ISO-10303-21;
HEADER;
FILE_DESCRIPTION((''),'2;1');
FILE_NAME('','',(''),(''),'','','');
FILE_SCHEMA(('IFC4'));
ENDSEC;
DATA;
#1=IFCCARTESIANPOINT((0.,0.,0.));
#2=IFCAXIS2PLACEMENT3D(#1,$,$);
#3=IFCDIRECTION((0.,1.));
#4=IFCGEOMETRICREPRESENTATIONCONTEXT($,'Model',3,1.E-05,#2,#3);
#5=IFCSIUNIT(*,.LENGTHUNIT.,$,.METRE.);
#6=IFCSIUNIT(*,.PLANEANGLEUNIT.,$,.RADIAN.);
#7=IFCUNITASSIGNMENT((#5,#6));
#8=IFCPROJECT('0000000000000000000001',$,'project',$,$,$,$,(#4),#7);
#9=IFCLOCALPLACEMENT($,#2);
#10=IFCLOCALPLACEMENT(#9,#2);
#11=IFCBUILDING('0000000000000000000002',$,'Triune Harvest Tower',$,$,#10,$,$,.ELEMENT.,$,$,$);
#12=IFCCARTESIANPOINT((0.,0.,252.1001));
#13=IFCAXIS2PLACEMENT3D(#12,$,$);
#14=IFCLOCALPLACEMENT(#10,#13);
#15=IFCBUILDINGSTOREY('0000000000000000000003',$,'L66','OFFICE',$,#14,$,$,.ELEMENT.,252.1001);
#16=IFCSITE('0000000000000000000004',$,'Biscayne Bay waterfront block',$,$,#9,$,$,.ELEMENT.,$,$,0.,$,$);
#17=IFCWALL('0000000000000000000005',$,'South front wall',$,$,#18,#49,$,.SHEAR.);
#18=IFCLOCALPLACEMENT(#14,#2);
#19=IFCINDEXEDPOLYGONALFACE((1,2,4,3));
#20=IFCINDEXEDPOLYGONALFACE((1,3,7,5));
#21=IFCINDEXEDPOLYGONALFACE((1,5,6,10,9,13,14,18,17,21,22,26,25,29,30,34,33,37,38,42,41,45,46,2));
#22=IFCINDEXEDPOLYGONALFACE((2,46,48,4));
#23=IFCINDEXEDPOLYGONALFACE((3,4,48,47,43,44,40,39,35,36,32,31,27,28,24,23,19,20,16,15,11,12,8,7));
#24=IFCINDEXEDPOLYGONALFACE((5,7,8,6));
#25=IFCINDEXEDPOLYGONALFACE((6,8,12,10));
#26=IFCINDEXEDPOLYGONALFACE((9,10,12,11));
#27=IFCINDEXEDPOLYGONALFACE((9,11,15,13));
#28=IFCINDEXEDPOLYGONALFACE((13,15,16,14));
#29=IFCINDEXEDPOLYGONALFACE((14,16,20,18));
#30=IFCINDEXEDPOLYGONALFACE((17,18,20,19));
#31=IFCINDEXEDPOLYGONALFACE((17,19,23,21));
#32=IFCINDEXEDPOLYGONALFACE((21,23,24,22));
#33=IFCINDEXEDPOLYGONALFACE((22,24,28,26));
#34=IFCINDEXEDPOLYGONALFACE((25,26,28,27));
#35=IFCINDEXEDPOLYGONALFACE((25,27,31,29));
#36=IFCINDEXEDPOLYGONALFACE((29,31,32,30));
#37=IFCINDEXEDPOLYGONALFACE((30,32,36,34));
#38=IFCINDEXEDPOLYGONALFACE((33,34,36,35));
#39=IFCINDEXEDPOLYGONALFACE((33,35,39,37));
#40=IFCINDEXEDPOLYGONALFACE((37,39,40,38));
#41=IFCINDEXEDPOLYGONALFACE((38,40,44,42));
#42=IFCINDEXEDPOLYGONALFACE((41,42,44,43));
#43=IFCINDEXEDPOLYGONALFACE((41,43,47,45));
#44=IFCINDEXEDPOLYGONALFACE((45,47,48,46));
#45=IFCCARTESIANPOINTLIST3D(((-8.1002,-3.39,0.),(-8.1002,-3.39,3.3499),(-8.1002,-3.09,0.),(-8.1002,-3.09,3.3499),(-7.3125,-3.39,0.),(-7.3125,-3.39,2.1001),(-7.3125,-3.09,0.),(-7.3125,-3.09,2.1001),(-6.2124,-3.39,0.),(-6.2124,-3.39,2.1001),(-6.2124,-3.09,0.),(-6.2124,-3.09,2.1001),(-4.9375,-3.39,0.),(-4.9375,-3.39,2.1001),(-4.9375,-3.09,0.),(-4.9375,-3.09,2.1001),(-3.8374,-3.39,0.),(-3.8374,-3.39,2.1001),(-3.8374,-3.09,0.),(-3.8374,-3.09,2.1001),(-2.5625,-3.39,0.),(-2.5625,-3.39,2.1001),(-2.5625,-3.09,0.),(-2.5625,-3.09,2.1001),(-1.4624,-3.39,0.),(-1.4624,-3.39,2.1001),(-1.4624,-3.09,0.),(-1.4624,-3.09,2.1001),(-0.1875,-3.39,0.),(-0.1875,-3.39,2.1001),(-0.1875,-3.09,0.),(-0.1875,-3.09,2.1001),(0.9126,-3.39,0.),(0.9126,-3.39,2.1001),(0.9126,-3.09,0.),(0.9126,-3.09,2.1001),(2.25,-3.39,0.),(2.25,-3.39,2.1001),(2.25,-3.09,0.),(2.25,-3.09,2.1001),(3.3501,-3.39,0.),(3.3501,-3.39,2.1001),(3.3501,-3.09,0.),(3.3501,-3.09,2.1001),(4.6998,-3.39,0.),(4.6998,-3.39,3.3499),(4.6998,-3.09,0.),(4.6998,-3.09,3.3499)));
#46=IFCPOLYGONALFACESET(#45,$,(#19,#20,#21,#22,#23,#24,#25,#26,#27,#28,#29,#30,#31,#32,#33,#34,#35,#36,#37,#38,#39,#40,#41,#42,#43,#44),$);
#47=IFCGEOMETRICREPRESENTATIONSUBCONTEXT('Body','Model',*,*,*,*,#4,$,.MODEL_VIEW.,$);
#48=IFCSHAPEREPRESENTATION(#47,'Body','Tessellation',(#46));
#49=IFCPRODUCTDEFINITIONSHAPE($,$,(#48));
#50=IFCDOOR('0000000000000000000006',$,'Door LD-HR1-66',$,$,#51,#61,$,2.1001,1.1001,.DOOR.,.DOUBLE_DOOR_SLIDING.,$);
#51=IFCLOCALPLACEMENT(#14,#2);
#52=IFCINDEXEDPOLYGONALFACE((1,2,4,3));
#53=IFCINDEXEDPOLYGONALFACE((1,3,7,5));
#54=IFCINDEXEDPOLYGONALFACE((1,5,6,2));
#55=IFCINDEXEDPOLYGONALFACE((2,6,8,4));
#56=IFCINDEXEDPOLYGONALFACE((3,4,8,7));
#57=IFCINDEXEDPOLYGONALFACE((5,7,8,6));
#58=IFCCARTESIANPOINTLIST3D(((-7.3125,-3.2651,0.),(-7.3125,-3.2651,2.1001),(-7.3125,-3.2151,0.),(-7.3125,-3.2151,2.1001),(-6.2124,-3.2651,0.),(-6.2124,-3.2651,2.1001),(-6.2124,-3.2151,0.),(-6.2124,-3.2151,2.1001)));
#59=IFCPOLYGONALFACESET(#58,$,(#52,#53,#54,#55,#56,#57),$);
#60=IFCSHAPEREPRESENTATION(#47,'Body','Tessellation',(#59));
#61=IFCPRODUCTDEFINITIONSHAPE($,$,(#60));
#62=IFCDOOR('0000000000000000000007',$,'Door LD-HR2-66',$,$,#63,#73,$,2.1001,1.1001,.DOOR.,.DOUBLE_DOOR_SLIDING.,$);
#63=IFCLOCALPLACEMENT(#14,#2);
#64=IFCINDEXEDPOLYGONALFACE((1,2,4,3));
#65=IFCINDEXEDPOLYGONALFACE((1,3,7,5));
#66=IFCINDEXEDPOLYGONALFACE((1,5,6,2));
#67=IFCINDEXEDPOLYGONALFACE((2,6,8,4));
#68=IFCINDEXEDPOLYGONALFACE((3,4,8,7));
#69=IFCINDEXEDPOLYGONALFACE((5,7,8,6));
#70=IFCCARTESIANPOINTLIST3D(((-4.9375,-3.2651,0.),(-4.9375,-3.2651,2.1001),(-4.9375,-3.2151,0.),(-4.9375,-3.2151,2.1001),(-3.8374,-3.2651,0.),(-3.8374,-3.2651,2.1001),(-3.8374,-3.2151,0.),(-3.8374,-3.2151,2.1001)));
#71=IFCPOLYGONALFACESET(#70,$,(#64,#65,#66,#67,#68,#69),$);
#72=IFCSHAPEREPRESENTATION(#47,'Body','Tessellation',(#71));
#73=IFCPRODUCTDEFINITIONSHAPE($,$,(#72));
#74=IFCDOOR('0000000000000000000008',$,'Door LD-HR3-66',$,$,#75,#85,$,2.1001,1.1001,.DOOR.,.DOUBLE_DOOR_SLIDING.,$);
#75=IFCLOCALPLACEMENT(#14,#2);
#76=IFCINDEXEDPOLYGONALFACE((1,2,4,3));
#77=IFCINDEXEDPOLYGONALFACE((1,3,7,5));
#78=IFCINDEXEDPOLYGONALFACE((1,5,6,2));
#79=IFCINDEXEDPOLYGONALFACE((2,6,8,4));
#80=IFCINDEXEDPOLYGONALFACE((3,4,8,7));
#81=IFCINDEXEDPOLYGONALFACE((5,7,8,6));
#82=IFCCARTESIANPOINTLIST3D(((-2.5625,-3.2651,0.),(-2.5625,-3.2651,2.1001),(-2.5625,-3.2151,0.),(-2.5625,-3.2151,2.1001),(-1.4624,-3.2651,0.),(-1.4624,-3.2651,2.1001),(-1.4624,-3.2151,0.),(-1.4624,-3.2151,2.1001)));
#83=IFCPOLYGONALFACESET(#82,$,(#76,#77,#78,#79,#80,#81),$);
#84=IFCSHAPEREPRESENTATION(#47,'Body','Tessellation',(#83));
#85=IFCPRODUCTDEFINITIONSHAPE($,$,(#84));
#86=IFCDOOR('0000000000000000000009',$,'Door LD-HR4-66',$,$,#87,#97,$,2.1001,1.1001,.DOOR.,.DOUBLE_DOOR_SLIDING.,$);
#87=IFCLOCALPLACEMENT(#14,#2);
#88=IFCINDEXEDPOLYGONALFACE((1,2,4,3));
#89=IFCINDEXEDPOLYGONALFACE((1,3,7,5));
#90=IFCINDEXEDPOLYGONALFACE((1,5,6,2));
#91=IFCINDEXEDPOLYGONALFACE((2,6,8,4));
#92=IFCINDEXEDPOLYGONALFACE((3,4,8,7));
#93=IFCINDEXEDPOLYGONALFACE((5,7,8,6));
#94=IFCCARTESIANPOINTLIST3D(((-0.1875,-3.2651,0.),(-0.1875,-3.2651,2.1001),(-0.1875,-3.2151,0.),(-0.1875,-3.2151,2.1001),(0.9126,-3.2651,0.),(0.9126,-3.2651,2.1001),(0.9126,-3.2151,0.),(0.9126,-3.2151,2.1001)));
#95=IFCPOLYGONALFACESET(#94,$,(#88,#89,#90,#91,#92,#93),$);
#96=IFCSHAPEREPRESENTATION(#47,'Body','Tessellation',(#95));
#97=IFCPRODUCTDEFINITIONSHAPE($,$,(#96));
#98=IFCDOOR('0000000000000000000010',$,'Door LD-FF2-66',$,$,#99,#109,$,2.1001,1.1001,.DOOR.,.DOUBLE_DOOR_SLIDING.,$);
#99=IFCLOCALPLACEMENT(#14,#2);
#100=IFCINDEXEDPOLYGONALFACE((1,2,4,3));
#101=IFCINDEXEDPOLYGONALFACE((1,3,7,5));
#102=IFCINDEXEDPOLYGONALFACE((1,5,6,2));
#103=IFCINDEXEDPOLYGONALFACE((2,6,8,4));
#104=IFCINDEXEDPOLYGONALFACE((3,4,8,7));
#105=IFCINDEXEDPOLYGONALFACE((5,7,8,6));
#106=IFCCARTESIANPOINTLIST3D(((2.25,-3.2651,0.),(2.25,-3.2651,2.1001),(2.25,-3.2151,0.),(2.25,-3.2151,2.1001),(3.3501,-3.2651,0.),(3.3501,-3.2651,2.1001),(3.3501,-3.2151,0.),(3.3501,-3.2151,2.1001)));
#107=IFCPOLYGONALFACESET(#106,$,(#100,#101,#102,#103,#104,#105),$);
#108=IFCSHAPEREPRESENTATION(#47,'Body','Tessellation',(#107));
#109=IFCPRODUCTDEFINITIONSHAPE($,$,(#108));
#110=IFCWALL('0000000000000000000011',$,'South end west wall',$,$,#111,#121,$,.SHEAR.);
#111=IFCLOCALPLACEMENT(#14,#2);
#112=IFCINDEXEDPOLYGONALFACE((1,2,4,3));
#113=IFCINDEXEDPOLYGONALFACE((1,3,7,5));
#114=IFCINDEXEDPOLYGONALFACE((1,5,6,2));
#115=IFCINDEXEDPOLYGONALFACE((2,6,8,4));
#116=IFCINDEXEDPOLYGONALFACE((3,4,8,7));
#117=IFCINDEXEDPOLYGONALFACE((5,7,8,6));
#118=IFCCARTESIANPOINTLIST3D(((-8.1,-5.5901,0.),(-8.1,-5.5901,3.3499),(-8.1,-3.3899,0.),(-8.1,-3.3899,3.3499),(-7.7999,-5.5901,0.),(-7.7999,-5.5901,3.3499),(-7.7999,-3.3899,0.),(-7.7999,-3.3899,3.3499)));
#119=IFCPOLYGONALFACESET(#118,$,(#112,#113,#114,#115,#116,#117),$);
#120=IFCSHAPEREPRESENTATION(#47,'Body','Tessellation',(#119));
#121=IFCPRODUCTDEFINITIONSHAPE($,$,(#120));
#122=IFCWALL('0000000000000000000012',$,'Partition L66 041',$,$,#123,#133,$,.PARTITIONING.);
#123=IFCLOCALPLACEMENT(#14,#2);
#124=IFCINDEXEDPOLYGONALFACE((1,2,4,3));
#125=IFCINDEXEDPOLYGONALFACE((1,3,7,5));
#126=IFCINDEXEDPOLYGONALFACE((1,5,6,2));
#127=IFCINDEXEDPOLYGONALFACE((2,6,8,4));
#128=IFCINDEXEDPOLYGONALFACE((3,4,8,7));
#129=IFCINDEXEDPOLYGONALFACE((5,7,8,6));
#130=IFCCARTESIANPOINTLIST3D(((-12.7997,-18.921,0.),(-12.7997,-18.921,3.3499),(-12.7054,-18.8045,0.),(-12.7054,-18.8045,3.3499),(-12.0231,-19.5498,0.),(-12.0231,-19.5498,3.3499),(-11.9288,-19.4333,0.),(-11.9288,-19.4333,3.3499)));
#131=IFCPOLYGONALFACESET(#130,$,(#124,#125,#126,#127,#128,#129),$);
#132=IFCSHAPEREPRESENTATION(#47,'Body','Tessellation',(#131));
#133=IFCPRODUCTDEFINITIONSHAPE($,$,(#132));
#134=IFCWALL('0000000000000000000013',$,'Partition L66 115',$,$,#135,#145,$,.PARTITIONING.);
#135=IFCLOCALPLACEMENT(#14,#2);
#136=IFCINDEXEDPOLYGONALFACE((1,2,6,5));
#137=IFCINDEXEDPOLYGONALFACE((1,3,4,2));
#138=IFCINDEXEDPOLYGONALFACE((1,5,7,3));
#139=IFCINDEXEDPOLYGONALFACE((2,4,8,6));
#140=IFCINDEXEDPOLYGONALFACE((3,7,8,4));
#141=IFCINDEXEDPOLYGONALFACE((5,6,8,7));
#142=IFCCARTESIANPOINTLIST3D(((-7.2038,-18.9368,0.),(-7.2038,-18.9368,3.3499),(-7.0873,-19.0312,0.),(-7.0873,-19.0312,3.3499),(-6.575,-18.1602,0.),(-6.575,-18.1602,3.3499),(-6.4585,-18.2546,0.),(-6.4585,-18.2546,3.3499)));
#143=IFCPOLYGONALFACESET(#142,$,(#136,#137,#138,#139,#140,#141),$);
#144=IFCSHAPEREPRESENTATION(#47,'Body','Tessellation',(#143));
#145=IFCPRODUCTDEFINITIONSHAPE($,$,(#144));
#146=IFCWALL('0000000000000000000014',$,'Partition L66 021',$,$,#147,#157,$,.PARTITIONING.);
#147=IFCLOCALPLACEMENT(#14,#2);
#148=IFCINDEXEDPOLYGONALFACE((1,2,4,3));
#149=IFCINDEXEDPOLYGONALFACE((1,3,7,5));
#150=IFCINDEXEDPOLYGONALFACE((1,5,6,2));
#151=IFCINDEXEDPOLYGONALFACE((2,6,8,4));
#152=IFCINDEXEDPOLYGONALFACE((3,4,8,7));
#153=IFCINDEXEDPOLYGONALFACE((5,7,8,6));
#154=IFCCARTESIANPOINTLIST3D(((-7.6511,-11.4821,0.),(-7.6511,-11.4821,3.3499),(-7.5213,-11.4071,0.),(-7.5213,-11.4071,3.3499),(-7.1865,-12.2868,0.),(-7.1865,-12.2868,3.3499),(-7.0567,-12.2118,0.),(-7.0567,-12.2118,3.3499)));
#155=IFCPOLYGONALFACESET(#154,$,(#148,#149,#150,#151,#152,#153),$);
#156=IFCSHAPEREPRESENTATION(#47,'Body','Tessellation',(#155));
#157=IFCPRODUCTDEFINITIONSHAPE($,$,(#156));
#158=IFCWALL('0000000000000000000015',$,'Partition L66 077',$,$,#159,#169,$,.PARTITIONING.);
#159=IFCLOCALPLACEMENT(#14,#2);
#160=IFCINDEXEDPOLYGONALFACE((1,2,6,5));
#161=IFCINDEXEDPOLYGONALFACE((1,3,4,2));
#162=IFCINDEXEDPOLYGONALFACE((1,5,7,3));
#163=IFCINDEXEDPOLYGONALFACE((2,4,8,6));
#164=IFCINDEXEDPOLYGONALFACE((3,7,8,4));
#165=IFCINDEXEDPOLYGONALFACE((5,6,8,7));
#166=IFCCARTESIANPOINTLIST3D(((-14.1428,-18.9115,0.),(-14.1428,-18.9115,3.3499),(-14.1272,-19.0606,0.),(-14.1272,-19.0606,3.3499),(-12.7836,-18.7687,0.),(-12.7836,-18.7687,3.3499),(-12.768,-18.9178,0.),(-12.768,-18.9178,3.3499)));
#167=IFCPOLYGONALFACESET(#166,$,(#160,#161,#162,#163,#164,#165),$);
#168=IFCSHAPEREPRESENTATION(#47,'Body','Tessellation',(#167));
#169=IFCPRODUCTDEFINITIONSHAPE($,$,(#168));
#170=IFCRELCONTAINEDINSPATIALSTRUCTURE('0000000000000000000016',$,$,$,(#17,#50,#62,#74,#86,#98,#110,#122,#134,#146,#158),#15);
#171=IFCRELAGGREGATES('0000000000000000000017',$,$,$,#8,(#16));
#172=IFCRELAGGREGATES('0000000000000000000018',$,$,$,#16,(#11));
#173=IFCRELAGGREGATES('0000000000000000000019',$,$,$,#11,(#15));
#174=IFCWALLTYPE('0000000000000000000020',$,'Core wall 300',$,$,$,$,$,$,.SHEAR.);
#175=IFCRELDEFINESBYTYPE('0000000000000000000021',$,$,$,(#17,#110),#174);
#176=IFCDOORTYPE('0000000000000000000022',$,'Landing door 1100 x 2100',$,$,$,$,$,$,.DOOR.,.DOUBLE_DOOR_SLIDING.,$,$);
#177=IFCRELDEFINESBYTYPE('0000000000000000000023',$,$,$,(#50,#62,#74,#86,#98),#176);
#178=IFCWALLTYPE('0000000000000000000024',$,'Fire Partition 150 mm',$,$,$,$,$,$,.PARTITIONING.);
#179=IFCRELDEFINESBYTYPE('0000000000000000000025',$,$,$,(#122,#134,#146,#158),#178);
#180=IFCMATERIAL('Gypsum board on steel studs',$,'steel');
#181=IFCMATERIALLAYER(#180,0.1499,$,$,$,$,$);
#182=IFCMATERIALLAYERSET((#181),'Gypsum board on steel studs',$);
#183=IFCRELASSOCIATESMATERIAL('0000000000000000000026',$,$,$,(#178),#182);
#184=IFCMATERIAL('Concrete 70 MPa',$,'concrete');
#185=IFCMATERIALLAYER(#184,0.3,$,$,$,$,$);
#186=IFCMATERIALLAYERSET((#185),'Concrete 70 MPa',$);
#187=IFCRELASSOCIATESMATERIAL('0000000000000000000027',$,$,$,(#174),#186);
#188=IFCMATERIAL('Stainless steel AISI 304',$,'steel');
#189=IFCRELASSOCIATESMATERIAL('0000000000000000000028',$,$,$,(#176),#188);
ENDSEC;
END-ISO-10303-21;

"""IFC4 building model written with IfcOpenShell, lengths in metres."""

from ifc_helpers import new_model, si_unit, direction, frame, frame_2d, origin, place, context, subcontext, project, spatial, rectangle, extrude, source, transform, mapped, material, layer, layer_set, type_object, element, fill, save


model = new_model("IFC4")

# Units and contexts
model_context = context("Model", 3, precision=1e-05, world=origin(), true_north=direction((0.0, 1.0)))
body_context = subcontext(model_context, "Body", "Model", "MODEL_VIEW")
ifc_project = project(units=[si_unit("LENGTHUNIT", "METRE"), si_unit("PLANEANGLEUNIT", "RADIAN")], contexts=[model_context])

# Site, building, storey
site_placement = place(None, origin())
site = spatial("IfcSite", under=ifc_project, at=site_placement, Name="Biscayne Bay waterfront block", CompositionType="ELEMENT", RefElevation=0.0)
building_placement = place(site_placement, origin())
building = spatial("IfcBuilding", under=site, at=building_placement, Name="Triune Harvest Tower", CompositionType="ELEMENT")
storey_placement = place(building_placement, frame((0.0, 0.0, 252.1001)))
storey = spatial("IfcBuildingStorey", under=building, at=storey_placement, Name="L66", Description="OFFICE", CompositionType="ELEMENT", Elevation=252.1001)

# Shared definitions
ifc_material_1 = material(Name="Gypsum board on steel studs", Category="steel")
ifc_layer_1 = layer(ifc_material_1, 0.1499)
ifc_layer_set_1 = layer_set([ifc_layer_1], Name="Gypsum board on steel studs")
wall_type_1 = type_object("IfcWallType", Name="Fire Partition 150 mm", PredefinedType="PARTITIONING", material=ifc_layer_set_1)

# Wall, openings, doors
ifc_material_2 = material(Name="Concrete 70 MPa", Category="concrete")
ifc_layer_2 = layer(ifc_material_2, 0.3)
ifc_layer_set_2 = layer_set([ifc_layer_2], Name="Concrete 70 MPa")
wall_type_2 = type_object("IfcWallType", Name="Core wall 300", PredefinedType="SHEAR", material=ifc_layer_set_2)
shared_shape_1 = source(origin(), body_context, "Body", "SweptSolid", [
    extrude(rectangle(XDim=12.8, YDim=0.3, at=frame_2d((6.3999, 0.0))), origin(), (0.0, 0.0, 1.0), 3.3499),
])
wall_1_placement = place(storey_placement, frame((-8.1001, -3.24, 0.0), z_axis=(0.0, 0.0, 1.0), x_axis=(1.0, 0.0, 0.0)))
wall_1 = element("IfcWall", 1, at=wall_1_placement, inside=storey, type_object=wall_type_2, Name="South front wall", PredefinedType="SHEAR", context=body_context, shape_type="MappedRepresentation", body=[
    mapped(shared_shape_1, transform((0.0, 0.0, 0.0), scale=1.0)),
])
opening_1_placement = place(wall_1_placement, frame((0.7876, 0.0, 0.0)))
opening_1 = element("IfcOpeningElement", 2, at=opening_1_placement, cuts=wall_1, PredefinedType="OPENING", context=body_context, shape_type="SweptSolid", body=[
    extrude(rectangle(XDim=1.1001, YDim=2.1001, at=frame_2d((0.55, 1.05))), frame((0.0, 0.1602, 0.0), z_axis=(0.0, -1.0, 0.0), x_axis=(1.0, 0.0, 0.0)), (0.0, 0.0, 1.0), 0.3201),
])
opening_2_placement = place(wall_1_placement, frame((3.1626, 0.0, 0.0)))
opening_2 = element("IfcOpeningElement", 3, at=opening_2_placement, cuts=wall_1, PredefinedType="OPENING", context=body_context, shape_type="SweptSolid", body=[
    extrude(rectangle(XDim=1.1001, YDim=2.1001, at=frame_2d((0.55, 1.05))), frame((0.0, 0.1602, 0.0), z_axis=(0.0, -1.0, 0.0), x_axis=(1.0, 0.0, 0.0)), (0.0, 0.0, 1.0), 0.3201),
])
opening_3_placement = place(wall_1_placement, frame((5.5376, 0.0, 0.0)))
opening_3 = element("IfcOpeningElement", 4, at=opening_3_placement, cuts=wall_1, PredefinedType="OPENING", context=body_context, shape_type="SweptSolid", body=[
    extrude(rectangle(XDim=1.1001, YDim=2.1001, at=frame_2d((0.55, 1.05))), frame((0.0, 0.1602, 0.0), z_axis=(0.0, -1.0, 0.0), x_axis=(1.0, 0.0, 0.0)), (0.0, 0.0, 1.0), 0.3201),
])
opening_4_placement = place(wall_1_placement, frame((7.9126, 0.0, 0.0)))
opening_4 = element("IfcOpeningElement", 5, at=opening_4_placement, cuts=wall_1, PredefinedType="OPENING", context=body_context, shape_type="SweptSolid", body=[
    extrude(rectangle(XDim=1.1001, YDim=2.1001, at=frame_2d((0.55, 1.05))), frame((0.0, 0.1602, 0.0), z_axis=(0.0, -1.0, 0.0), x_axis=(1.0, 0.0, 0.0)), (0.0, 0.0, 1.0), 0.3201),
])
opening_5_placement = place(wall_1_placement, frame((10.3501, 0.0, 0.0)))
opening_5 = element("IfcOpeningElement", 6, at=opening_5_placement, cuts=wall_1, PredefinedType="OPENING", context=body_context, shape_type="SweptSolid", body=[
    extrude(rectangle(XDim=1.1001, YDim=2.1001, at=frame_2d((0.55, 1.05))), frame((0.0, 0.1602, 0.0), z_axis=(0.0, -1.0, 0.0), x_axis=(1.0, 0.0, 0.0)), (0.0, 0.0, 1.0), 0.3201),
])
ifc_material_3 = material(Name="Stainless steel AISI 304", Category="steel")
door_type = type_object("IfcDoorType", Name="Landing door 1100 x 2100", OperationType="DOUBLE_DOOR_SLIDING", PredefinedType="DOOR", material=ifc_material_3)
door_1_placement = place(opening_1_placement, origin())
door_1 = element("IfcDoor", 7, at=door_1_placement, inside=storey, type_object=door_type, Name="Door LD-HR1-66", OperationType="DOUBLE_DOOR_SLIDING", OverallHeight=2.1001, OverallWidth=1.1001, PredefinedType="DOOR", context=body_context, shape_type="SweptSolid", body=[
    extrude(rectangle(XDim=1.1001, YDim=2.1001, at=frame_2d((0.55, 1.05))), frame((0.0, 0.0249, 0.0), z_axis=(0.0, -1.0, 0.0), x_axis=(1.0, 0.0, 0.0)), (0.0, 0.0, 1.0), 0.05),
])
fill(opening_1, door_1)
door_2_placement = place(opening_2_placement, origin())
door_2 = element("IfcDoor", 8, at=door_2_placement, inside=storey, type_object=door_type, Name="Door LD-HR2-66", OperationType="DOUBLE_DOOR_SLIDING", OverallHeight=2.1001, OverallWidth=1.1001, PredefinedType="DOOR", context=body_context, shape_type="SweptSolid", body=[
    extrude(rectangle(XDim=1.1001, YDim=2.1001, at=frame_2d((0.55, 1.05))), frame((0.0, 0.0249, 0.0), z_axis=(0.0, -1.0, 0.0), x_axis=(1.0, 0.0, 0.0)), (0.0, 0.0, 1.0), 0.05),
])
fill(opening_2, door_2)
door_3_placement = place(opening_3_placement, origin())
door_3 = element("IfcDoor", 9, at=door_3_placement, inside=storey, type_object=door_type, Name="Door LD-HR3-66", OperationType="DOUBLE_DOOR_SLIDING", OverallHeight=2.1001, OverallWidth=1.1001, PredefinedType="DOOR", context=body_context, shape_type="SweptSolid", body=[
    extrude(rectangle(XDim=1.1001, YDim=2.1001, at=frame_2d((0.55, 1.05))), frame((0.0, 0.0249, 0.0), z_axis=(0.0, -1.0, 0.0), x_axis=(1.0, 0.0, 0.0)), (0.0, 0.0, 1.0), 0.05),
])
fill(opening_3, door_3)
door_4_placement = place(opening_4_placement, origin())
door_4 = element("IfcDoor", 10, at=door_4_placement, inside=storey, type_object=door_type, Name="Door LD-HR4-66", OperationType="DOUBLE_DOOR_SLIDING", OverallHeight=2.1001, OverallWidth=1.1001, PredefinedType="DOOR", context=body_context, shape_type="SweptSolid", body=[
    extrude(rectangle(XDim=1.1001, YDim=2.1001, at=frame_2d((0.55, 1.05))), frame((0.0, 0.0249, 0.0), z_axis=(0.0, -1.0, 0.0), x_axis=(1.0, 0.0, 0.0)), (0.0, 0.0, 1.0), 0.05),
])
fill(opening_4, door_4)
door_5_placement = place(opening_5_placement, origin())
door_5 = element("IfcDoor", 11, at=door_5_placement, inside=storey, type_object=door_type, Name="Door LD-FF2-66", OperationType="DOUBLE_DOOR_SLIDING", OverallHeight=2.1001, OverallWidth=1.1001, PredefinedType="DOOR", context=body_context, shape_type="SweptSolid", body=[
    extrude(rectangle(XDim=1.1001, YDim=2.1001, at=frame_2d((0.55, 1.05))), frame((0.0, 0.0249, 0.0), z_axis=(0.0, -1.0, 0.0), x_axis=(1.0, 0.0, 0.0)), (0.0, 0.0, 1.0), 0.05),
])
fill(opening_5, door_5)

# Walls
shared_shape_2 = source(origin(), body_context, "Body", "SweptSolid", [
    extrude(rectangle(XDim=2.2002, YDim=0.3, at=frame_2d((1.1001, 0.0))), origin(), (0.0, 0.0, 1.0), 3.3499),
])
wall_2_placement = place(storey_placement, frame((-7.95, -5.5901, 0.0), z_axis=(0.0, 0.0, 1.0), x_axis=(0.0, 1.0, 0.0)))
element("IfcWall", 12, at=wall_2_placement, inside=storey, type_object=wall_type_2, Name="South end west wall", PredefinedType="SHEAR", context=body_context, shape_type="MappedRepresentation", body=[
    mapped(shared_shape_2, transform((0.0, 0.0, 0.0), scale=1.0)),
])
shared_shape_3 = source(origin(), body_context, "Body", "SweptSolid", [
    extrude(rectangle(XDim=0.9993, YDim=0.1499, at=frame_2d((0.4995, 0.0))), origin(), (0.0, 0.0, 1.0), 3.3499),
])
for number, where, z_axis, x_axis, name in (
    (13, (-12.7524, -18.8628, 0.0), (0.0, 0.0, 1.0), (0.777137, -0.629332, 0.0), "Partition L66 041"),
    (14, (-7.1455, -18.9839, 0.0), (0.0, 0.0, 1.0), (0.629332, 0.777137, 0.0), "Partition L66 115"),
):
    element("IfcWall", number, at=place(storey_placement, frame(where, z_axis=z_axis, x_axis=x_axis)), inside=storey, type_object=wall_type_1, Name=name, PredefinedType="PARTITIONING", context=body_context, shape_type="MappedRepresentation", body=[
        mapped(shared_shape_3, transform((0.0, 0.0, 0.0), scale=1.0)),
    ])
shared_shape_4 = source(origin(), body_context, "Body", "SweptSolid", [
    extrude(rectangle(XDim=0.9292, YDim=0.1499, at=frame_2d((0.4646, 0.0))), origin(), (0.0, 0.0, 1.0), 3.3499),
])
wall_3_placement = place(storey_placement, frame((-7.5862, -11.4446, 0.0), z_axis=(0.0, 0.0, 1.0), x_axis=(0.500011, -0.866019, 0.0)))
element("IfcWall", 15, at=wall_3_placement, inside=storey, type_object=wall_type_1, Name="Partition L66 021", PredefinedType="PARTITIONING", context=body_context, shape_type="MappedRepresentation", body=[
    mapped(shared_shape_4, transform((0.0, 0.0, 0.0), scale=1.0)),
])
shared_shape_5 = source(origin(), body_context, "Body", "SweptSolid", [
    extrude(rectangle(XDim=1.3667, YDim=0.1499, at=frame_2d((0.6833, 0.0))), origin(), (0.0, 0.0, 1.0), 3.3499),
])
wall_4_placement = place(storey_placement, frame((-14.135, -18.9861, 0.0), z_axis=(0.0, 0.0, 1.0), x_axis=(0.994524, 0.104508, 0.0)))
element("IfcWall", 16, at=wall_4_placement, inside=storey, type_object=wall_type_1, Name="Partition L66 077", PredefinedType="PARTITIONING", context=body_context, shape_type="MappedRepresentation", body=[
    mapped(shared_shape_5, transform((0.0, 0.0, 0.0), scale=1.0)),
])

save(model, "model.ifc")
